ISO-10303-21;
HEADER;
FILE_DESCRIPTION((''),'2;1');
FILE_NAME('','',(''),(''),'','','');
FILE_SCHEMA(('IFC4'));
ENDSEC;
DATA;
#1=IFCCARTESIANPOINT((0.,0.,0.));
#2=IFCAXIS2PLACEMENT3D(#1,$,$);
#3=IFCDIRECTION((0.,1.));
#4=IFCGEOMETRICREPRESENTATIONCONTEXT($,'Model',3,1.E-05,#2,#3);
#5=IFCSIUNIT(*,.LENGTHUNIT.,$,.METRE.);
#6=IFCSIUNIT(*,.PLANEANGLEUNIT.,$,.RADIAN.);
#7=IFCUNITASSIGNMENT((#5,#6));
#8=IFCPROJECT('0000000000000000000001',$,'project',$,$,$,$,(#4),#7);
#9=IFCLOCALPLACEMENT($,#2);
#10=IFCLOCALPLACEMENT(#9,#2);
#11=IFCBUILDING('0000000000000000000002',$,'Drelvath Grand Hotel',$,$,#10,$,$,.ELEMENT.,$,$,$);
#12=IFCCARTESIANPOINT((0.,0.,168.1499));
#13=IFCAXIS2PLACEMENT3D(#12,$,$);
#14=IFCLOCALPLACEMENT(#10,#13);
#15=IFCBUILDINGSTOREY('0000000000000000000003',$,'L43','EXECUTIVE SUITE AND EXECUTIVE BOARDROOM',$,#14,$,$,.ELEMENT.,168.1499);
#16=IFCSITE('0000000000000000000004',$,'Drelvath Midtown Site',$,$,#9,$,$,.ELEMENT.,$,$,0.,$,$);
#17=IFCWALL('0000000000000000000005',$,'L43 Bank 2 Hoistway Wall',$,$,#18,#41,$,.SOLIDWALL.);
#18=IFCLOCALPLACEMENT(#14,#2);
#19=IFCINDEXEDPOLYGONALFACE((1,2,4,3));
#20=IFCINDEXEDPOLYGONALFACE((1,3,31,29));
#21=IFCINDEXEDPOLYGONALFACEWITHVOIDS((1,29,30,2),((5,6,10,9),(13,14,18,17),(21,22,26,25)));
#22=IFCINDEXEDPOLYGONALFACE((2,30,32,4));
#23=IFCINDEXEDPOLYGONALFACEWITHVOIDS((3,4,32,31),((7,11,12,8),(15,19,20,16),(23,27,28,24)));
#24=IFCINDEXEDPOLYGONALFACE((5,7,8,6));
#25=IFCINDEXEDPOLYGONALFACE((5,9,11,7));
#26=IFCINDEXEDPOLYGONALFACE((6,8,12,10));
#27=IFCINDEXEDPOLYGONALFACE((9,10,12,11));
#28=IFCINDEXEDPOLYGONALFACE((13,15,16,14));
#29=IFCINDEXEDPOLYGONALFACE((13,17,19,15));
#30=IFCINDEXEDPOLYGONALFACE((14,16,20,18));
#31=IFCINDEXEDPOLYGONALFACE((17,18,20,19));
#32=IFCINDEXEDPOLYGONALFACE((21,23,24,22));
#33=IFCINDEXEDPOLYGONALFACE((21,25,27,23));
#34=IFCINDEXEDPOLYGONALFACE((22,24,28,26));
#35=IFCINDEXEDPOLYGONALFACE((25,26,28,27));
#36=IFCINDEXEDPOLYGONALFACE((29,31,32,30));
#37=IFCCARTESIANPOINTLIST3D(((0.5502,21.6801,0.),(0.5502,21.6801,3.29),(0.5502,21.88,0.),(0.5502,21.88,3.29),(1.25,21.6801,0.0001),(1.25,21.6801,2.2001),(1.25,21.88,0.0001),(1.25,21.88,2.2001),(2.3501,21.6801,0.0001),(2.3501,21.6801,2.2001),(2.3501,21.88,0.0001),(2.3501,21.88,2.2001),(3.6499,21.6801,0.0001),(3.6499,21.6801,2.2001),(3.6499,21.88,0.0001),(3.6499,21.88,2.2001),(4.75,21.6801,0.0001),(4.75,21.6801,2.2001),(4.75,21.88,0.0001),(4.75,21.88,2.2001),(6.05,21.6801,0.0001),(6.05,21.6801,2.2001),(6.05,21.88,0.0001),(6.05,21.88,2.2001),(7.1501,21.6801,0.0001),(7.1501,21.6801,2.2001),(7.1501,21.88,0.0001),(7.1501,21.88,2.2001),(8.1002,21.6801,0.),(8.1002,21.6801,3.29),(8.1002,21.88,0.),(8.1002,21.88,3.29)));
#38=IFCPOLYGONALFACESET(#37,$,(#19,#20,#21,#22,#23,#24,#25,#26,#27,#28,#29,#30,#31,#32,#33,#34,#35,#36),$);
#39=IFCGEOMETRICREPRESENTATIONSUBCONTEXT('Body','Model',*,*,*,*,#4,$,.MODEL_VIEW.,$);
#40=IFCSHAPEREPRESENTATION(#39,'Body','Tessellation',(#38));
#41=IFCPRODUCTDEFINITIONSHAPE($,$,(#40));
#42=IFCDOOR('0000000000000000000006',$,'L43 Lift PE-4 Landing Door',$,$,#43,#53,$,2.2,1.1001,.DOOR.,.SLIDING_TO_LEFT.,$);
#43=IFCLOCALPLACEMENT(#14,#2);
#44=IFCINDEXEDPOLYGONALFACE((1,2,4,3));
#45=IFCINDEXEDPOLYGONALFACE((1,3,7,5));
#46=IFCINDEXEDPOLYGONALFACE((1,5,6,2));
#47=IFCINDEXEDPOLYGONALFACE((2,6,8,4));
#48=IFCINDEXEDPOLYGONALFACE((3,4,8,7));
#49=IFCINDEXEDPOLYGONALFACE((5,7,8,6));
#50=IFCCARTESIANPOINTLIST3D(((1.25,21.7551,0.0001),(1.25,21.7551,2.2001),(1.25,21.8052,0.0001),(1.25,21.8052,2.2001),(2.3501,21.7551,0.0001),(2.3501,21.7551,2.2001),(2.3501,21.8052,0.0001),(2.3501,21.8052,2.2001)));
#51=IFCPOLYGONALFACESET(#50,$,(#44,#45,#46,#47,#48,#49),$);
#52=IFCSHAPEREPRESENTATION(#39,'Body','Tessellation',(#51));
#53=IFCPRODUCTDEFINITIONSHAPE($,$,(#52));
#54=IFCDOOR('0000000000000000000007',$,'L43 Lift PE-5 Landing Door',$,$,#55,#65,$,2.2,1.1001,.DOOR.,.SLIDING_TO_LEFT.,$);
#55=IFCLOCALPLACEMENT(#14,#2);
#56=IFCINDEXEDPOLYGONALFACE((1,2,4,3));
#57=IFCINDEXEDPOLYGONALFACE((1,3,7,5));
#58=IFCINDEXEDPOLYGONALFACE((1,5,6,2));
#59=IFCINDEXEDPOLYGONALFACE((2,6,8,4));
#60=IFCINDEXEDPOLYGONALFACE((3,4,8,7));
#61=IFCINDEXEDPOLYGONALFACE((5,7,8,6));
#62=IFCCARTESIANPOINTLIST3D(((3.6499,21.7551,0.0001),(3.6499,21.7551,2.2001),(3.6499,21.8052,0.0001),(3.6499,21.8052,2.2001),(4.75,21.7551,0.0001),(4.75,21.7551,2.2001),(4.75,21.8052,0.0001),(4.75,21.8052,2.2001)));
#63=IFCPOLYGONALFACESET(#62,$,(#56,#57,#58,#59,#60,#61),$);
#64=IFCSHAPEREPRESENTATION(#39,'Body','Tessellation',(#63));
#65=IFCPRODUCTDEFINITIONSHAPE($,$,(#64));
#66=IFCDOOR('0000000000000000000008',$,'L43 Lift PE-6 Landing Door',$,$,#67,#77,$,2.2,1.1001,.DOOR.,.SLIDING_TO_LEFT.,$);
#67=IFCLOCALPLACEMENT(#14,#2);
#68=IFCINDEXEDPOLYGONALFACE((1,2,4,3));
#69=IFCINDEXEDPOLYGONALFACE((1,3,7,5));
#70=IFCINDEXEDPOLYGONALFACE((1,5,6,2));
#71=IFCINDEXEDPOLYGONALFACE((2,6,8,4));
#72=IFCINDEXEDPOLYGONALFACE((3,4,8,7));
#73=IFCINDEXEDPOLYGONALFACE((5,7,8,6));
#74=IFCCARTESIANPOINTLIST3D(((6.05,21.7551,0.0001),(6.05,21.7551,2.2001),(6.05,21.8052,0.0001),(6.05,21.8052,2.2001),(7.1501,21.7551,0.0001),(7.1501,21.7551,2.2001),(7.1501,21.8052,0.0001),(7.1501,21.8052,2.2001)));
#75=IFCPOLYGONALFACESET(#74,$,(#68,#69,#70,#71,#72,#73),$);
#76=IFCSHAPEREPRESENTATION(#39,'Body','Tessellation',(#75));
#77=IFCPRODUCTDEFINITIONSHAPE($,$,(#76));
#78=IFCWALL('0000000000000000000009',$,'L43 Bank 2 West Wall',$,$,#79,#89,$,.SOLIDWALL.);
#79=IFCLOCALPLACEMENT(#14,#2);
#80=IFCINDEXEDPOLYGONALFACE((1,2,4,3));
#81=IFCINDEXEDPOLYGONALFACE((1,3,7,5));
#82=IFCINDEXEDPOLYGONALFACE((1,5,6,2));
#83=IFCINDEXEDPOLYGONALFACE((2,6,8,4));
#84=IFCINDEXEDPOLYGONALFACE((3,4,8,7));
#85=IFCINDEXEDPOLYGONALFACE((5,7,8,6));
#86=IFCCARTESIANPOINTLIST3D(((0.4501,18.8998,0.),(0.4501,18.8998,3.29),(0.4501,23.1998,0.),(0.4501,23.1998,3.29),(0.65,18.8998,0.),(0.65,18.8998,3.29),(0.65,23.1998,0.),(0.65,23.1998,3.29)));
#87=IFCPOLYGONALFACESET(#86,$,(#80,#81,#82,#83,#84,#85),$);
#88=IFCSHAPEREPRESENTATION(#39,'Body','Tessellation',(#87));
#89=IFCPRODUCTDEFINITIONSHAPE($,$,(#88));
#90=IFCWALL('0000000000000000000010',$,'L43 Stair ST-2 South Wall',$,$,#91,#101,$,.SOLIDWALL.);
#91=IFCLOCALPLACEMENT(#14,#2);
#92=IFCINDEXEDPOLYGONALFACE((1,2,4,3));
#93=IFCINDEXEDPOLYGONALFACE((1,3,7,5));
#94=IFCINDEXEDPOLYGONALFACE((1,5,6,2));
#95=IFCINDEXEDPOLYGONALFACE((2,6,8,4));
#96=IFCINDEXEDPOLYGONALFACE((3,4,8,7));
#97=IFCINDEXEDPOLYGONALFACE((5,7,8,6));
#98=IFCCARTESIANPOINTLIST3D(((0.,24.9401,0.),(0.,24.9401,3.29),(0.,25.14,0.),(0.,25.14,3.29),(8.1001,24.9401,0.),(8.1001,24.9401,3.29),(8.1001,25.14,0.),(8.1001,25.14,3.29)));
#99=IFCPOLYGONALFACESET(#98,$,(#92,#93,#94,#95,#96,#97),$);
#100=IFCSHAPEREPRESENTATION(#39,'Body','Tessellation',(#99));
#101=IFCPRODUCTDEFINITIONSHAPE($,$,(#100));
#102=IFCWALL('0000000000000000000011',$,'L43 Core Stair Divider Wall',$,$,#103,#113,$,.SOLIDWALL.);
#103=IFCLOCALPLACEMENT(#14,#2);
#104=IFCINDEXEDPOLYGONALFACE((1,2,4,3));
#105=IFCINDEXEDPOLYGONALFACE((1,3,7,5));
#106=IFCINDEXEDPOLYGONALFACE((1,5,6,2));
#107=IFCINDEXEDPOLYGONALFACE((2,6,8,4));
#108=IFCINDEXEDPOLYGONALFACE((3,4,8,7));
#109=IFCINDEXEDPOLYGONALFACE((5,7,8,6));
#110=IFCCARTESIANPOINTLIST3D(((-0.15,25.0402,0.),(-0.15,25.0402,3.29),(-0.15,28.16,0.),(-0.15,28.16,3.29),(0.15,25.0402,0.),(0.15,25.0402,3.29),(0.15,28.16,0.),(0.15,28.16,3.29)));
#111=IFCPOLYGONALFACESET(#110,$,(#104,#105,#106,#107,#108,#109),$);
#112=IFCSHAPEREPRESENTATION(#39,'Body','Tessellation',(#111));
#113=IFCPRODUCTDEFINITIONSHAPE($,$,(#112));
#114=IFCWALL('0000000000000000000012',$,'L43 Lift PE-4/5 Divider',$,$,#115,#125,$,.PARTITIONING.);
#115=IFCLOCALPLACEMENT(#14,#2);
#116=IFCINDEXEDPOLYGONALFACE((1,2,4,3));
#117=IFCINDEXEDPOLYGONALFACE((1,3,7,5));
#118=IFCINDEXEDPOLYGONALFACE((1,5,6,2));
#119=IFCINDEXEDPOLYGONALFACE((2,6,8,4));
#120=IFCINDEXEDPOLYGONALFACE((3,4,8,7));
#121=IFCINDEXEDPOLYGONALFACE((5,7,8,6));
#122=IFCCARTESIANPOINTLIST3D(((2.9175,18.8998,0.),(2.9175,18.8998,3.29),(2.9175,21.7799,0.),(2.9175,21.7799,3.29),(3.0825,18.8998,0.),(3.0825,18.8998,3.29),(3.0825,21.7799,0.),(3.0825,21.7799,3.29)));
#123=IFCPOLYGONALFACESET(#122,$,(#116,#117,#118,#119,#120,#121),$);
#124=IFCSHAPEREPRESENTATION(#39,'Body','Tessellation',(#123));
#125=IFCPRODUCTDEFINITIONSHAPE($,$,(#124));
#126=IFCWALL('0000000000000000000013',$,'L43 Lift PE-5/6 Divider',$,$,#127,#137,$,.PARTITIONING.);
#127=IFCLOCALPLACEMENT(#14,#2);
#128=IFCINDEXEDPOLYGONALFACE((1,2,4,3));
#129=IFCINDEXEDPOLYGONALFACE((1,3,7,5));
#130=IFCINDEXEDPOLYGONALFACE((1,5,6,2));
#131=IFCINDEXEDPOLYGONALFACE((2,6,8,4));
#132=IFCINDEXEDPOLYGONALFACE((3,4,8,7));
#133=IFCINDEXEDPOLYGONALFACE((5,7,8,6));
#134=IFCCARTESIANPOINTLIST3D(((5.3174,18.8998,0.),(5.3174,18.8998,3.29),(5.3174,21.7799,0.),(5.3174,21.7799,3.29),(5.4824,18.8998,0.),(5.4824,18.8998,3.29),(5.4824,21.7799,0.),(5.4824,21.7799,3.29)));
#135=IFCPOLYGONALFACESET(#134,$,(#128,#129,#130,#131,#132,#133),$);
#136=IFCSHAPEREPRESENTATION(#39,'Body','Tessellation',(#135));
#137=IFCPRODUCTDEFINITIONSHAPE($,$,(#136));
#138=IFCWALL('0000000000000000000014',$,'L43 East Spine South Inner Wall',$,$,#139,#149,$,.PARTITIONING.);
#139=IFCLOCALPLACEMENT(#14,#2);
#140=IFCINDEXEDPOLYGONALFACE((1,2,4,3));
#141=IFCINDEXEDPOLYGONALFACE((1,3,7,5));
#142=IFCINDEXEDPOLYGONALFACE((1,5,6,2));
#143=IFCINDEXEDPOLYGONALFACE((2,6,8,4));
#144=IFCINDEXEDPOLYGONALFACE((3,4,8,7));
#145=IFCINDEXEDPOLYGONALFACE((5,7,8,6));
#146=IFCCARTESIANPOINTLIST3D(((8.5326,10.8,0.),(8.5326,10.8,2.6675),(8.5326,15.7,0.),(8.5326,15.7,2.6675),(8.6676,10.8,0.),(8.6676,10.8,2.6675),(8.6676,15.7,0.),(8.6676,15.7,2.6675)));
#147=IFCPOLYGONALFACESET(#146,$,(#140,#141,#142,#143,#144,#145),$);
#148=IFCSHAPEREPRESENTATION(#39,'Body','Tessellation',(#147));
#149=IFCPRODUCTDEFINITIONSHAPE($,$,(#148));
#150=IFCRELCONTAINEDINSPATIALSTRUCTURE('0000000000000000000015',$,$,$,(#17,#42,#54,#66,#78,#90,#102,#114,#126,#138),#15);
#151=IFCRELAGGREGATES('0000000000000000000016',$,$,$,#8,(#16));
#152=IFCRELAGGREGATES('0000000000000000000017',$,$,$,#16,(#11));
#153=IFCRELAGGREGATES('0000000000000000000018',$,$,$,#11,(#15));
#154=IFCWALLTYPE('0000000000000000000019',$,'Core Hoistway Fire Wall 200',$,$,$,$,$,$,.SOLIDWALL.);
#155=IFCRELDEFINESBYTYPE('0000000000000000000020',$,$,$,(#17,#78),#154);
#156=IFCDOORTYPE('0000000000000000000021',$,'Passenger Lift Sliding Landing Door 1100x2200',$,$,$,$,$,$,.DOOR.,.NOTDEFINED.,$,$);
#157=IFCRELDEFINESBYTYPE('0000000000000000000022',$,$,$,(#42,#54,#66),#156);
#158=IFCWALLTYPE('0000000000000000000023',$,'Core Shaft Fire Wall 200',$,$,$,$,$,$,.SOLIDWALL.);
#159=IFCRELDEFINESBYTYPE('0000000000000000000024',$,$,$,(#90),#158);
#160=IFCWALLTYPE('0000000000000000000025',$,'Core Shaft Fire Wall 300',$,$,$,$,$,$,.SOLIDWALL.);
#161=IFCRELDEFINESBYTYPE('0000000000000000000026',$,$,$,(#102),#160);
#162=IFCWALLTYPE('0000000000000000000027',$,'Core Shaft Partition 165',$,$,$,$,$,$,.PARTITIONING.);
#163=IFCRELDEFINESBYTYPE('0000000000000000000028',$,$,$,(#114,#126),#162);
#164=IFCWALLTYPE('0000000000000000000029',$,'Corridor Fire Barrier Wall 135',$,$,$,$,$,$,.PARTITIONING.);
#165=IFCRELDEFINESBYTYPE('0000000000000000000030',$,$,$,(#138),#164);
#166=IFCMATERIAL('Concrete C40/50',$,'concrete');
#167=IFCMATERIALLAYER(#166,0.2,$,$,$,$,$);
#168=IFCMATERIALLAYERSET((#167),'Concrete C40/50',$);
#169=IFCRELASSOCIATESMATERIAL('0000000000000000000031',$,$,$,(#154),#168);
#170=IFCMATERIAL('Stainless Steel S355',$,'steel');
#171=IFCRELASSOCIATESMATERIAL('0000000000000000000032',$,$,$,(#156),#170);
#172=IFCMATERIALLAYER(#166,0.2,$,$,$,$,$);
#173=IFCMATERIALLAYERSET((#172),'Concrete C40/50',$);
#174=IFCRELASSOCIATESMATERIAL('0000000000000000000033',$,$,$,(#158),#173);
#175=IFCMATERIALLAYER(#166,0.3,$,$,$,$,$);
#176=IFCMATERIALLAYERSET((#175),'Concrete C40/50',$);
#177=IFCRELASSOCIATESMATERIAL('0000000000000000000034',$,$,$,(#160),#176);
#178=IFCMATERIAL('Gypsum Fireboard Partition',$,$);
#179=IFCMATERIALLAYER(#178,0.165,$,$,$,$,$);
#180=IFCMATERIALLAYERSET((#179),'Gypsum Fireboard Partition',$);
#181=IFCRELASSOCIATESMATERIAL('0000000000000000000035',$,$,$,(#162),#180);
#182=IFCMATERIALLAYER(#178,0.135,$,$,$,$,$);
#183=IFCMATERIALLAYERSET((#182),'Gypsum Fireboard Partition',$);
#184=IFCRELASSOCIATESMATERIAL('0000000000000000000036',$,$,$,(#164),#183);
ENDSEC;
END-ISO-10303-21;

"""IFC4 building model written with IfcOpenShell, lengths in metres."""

from ifc_helpers import new_model, si_unit, direction, frame, frame_2d, origin, place, context, subcontext, project, spatial, rectangle, extrude, material, layer, layer_set, type_object, element, fill, save


model = new_model("IFC4")

# Units and contexts
model_context = context("Model", 3, precision=1e-05, world=origin(), true_north=direction((0.0, 1.0)))
body_context = subcontext(model_context, "Body", "Model", "MODEL_VIEW")
ifc_project = project(units=[si_unit("LENGTHUNIT", "METRE"), si_unit("PLANEANGLEUNIT", "RADIAN")], contexts=[model_context])

# Site, building, storey
site_placement = place(None, origin())
site = spatial("IfcSite", under=ifc_project, at=site_placement, Name="Drelvath Midtown Site", CompositionType="ELEMENT", RefElevation=0.0)
building_placement = place(site_placement, origin())
building = spatial("IfcBuilding", under=site, at=building_placement, Name="Drelvath Grand Hotel", CompositionType="ELEMENT")
storey_placement = place(building_placement, frame((0.0, 0.0, 168.1499)))
storey = spatial("IfcBuildingStorey", under=building, at=storey_placement, Name="L43", Description="EXECUTIVE SUITE AND EXECUTIVE BOARDROOM", CompositionType="ELEMENT", Elevation=168.1499)

# Wall, openings, doors
ifc_material_1 = material(Name="Concrete C40/50", Category="concrete")
ifc_layer_1 = layer(ifc_material_1, 0.2)
ifc_layer_set_1 = layer_set([ifc_layer_1], Name="Concrete C40/50")
wall_type_1 = type_object("IfcWallType", Name="Core Hoistway Fire Wall 200", PredefinedType="SOLIDWALL", material=ifc_layer_set_1)
wall_1_placement = place(storey_placement, frame((8.1001, 21.78, 0.0), z_axis=(0.0, 0.0, 1.0), x_axis=(-1.0, 0.0, 0.0)))
wall_1 = element("IfcWall", 1, at=wall_1_placement, inside=storey, type_object=wall_type_1, Name="L43 Bank 2 Hoistway Wall", PredefinedType="SOLIDWALL", context=body_context, shape_type="SweptSolid", body=[
    extrude(rectangle(XDim=7.55, YDim=0.2, at=frame_2d((3.7749, 0.0))), origin(), (0.0, 0.0, 1.0), 3.29),
])
opening_1_placement = place(wall_1_placement, frame((5.75, 0.0, 0.0)))
opening_1 = element("IfcOpeningElement", 2, at=opening_1_placement, cuts=wall_1, PredefinedType="OPENING", context=body_context, shape_type="SweptSolid", body=[
    extrude(rectangle(XDim=1.1001, YDim=2.2, at=frame_2d((0.55, 1.1001))), frame((0.0, 0.1099, 0.0), z_axis=(0.0, -1.0, 0.0), x_axis=(1.0, 0.0, 0.0)), (0.0, 0.0, 1.0), 0.22),
])
opening_2_placement = place(wall_1_placement, frame((3.3501, 0.0, 0.0)))
opening_2 = element("IfcOpeningElement", 3, at=opening_2_placement, cuts=wall_1, PredefinedType="OPENING", context=body_context, shape_type="SweptSolid", body=[
    extrude(rectangle(XDim=1.1001, YDim=2.2, at=frame_2d((0.55, 1.1001))), frame((0.0, 0.1099, 0.0), z_axis=(0.0, -1.0, 0.0), x_axis=(1.0, 0.0, 0.0)), (0.0, 0.0, 1.0), 0.22),
])
opening_3_placement = place(wall_1_placement, frame((0.95, 0.0, 0.0)))
opening_3 = element("IfcOpeningElement", 4, at=opening_3_placement, cuts=wall_1, PredefinedType="OPENING", context=body_context, shape_type="SweptSolid", body=[
    extrude(rectangle(XDim=1.1001, YDim=2.2, at=frame_2d((0.55, 1.1001))), frame((0.0, 0.1099, 0.0), z_axis=(0.0, -1.0, 0.0), x_axis=(1.0, 0.0, 0.0)), (0.0, 0.0, 1.0), 0.22),
])
ifc_material_2 = material(Name="Stainless Steel S355", Category="steel")
door_type_1 = type_object("IfcDoorType", Name="Passenger Lift Sliding Landing Door 1100x2200", OperationType="NOTDEFINED", PredefinedType="DOOR", material=ifc_material_2)
door_1_placement = place(opening_1_placement, origin())
door_1 = element("IfcDoor", 5, at=door_1_placement, inside=storey, type_object=door_type_1, Name="L43 Lift PE-4 Landing Door", OperationType="SLIDING_TO_LEFT", OverallHeight=2.2, OverallWidth=1.1001, PredefinedType="DOOR", context=body_context, shape_type="SweptSolid", body=[
    extrude(rectangle(XDim=1.1001, YDim=2.2, at=frame_2d((0.55, 1.1001))), frame((0.0, 0.0249, 0.0), z_axis=(0.0, -1.0, 0.0), x_axis=(1.0, 0.0, 0.0)), (0.0, 0.0, 1.0), 0.05),
])
fill(opening_1, door_1)
door_2_placement = place(opening_2_placement, origin())
door_2 = element("IfcDoor", 6, at=door_2_placement, inside=storey, type_object=door_type_1, Name="L43 Lift PE-5 Landing Door", OperationType="SLIDING_TO_LEFT", OverallHeight=2.2, OverallWidth=1.1001, PredefinedType="DOOR", context=body_context, shape_type="SweptSolid", body=[
    extrude(rectangle(XDim=1.1001, YDim=2.2, at=frame_2d((0.55, 1.1001))), frame((0.0, 0.0249, 0.0), z_axis=(0.0, -1.0, 0.0), x_axis=(1.0, 0.0, 0.0)), (0.0, 0.0, 1.0), 0.05),
])
fill(opening_2, door_2)
door_3_placement = place(opening_3_placement, origin())
door_3 = element("IfcDoor", 7, at=door_3_placement, inside=storey, type_object=door_type_1, Name="L43 Lift PE-6 Landing Door", OperationType="SLIDING_TO_LEFT", OverallHeight=2.2, OverallWidth=1.1001, PredefinedType="DOOR", context=body_context, shape_type="SweptSolid", body=[
    extrude(rectangle(XDim=1.1001, YDim=2.2, at=frame_2d((0.55, 1.1001))), frame((0.0, 0.0249, 0.0), z_axis=(0.0, -1.0, 0.0), x_axis=(1.0, 0.0, 0.0)), (0.0, 0.0, 1.0), 0.05),
])
fill(opening_3, door_3)

# Walls
wall_2_placement = place(storey_placement, frame((0.55, 18.8999, 0.0), z_axis=(0.0, 0.0, 1.0), x_axis=(0.0, 1.0, 0.0)))
element("IfcWall", 8, at=wall_2_placement, inside=storey, type_object=wall_type_1, Name="L43 Bank 2 West Wall", PredefinedType="SOLIDWALL", context=body_context, shape_type="SweptSolid", body=[
    extrude(rectangle(XDim=4.3, YDim=0.2, at=frame_2d((2.1499, 0.0))), origin(), (0.0, 0.0, 1.0), 3.29),
])
ifc_layer_2 = layer(ifc_material_1, 0.2)
ifc_layer_set_2 = layer_set([ifc_layer_2], Name="Concrete C40/50")
wall_type_2 = type_object("IfcWallType", Name="Core Shaft Fire Wall 200", PredefinedType="SOLIDWALL", material=ifc_layer_set_2)
wall_3_placement = place(storey_placement, frame((0.0, 25.04, 0.0), z_axis=(0.0, 0.0, 1.0), x_axis=(1.0, 0.0, 0.0)))
element("IfcWall", 9, at=wall_3_placement, inside=storey, type_object=wall_type_2, Name="L43 Stair ST-2 South Wall", PredefinedType="SOLIDWALL", context=body_context, shape_type="SweptSolid", body=[
    extrude(rectangle(XDim=8.1001, YDim=0.2, at=frame_2d((4.05, 0.0))), origin(), (0.0, 0.0, 1.0), 3.29),
])
ifc_layer_3 = layer(ifc_material_1, 0.3)
ifc_layer_set_3 = layer_set([ifc_layer_3], Name="Concrete C40/50")
wall_type_3 = type_object("IfcWallType", Name="Core Shaft Fire Wall 300", PredefinedType="SOLIDWALL", material=ifc_layer_set_3)
wall_4_placement = place(storey_placement, frame((0.0, 25.04, 0.0), z_axis=(0.0, 0.0, 1.0), x_axis=(0.0, 1.0, 0.0)))
element("IfcWall", 10, at=wall_4_placement, inside=storey, type_object=wall_type_3, Name="L43 Core Stair Divider Wall", PredefinedType="SOLIDWALL", context=body_context, shape_type="SweptSolid", body=[
    extrude(rectangle(XDim=3.1199, YDim=0.3, at=frame_2d((1.5601, 0.0))), origin(), (0.0, 0.0, 1.0), 3.29),
])
ifc_material_3 = material(Name="Gypsum Fireboard Partition")
ifc_layer_4 = layer(ifc_material_3, 0.165)
ifc_layer_set_4 = layer_set([ifc_layer_4], Name="Gypsum Fireboard Partition")
wall_type_4 = type_object("IfcWallType", Name="Core Shaft Partition 165", PredefinedType="PARTITIONING", material=ifc_layer_set_4)
for number, where, z_axis, x_axis, name in (
    (11, (3.0, 18.8999, 0.0), (0.0, 0.0, 1.0), (0.0, 1.0, 0.0), "L43 Lift PE-4/5 Divider"),
    (12, (5.3999, 18.8999, 0.0), (0.0, 0.0, 1.0), (0.0, 1.0, 0.0), "L43 Lift PE-5/6 Divider"),
):
    element("IfcWall", number, at=place(storey_placement, frame(where, z_axis=z_axis, x_axis=x_axis)), inside=storey, type_object=wall_type_4, Name=name, PredefinedType="PARTITIONING", context=body_context, shape_type="SweptSolid", body=[
        extrude(rectangle(XDim=2.8801, YDim=0.165, at=frame_2d((1.4399, 0.0))), origin(), (0.0, 0.0, 1.0), 3.29),
    ])
ifc_layer_5 = layer(ifc_material_3, 0.135)
ifc_layer_set_5 = layer_set([ifc_layer_5], Name="Gypsum Fireboard Partition")
wall_type_5 = type_object("IfcWallType", Name="Corridor Fire Barrier Wall 135", PredefinedType="PARTITIONING", material=ifc_layer_set_5)
wall_5_placement = place(storey_placement, frame((8.6001, 10.8, 0.0), z_axis=(0.0, 0.0, 1.0), x_axis=(0.0, 1.0, 0.0)))
element("IfcWall", 13, at=wall_5_placement, inside=storey, type_object=wall_type_5, Name="L43 East Spine South Inner Wall", PredefinedType="PARTITIONING", context=body_context, shape_type="SweptSolid", body=[
    extrude(rectangle(XDim=4.8999, YDim=0.135, at=frame_2d((2.45, 0.0))), origin(), (0.0, 0.0, 1.0), 2.6675),
])

save(model, "model.ifc")
